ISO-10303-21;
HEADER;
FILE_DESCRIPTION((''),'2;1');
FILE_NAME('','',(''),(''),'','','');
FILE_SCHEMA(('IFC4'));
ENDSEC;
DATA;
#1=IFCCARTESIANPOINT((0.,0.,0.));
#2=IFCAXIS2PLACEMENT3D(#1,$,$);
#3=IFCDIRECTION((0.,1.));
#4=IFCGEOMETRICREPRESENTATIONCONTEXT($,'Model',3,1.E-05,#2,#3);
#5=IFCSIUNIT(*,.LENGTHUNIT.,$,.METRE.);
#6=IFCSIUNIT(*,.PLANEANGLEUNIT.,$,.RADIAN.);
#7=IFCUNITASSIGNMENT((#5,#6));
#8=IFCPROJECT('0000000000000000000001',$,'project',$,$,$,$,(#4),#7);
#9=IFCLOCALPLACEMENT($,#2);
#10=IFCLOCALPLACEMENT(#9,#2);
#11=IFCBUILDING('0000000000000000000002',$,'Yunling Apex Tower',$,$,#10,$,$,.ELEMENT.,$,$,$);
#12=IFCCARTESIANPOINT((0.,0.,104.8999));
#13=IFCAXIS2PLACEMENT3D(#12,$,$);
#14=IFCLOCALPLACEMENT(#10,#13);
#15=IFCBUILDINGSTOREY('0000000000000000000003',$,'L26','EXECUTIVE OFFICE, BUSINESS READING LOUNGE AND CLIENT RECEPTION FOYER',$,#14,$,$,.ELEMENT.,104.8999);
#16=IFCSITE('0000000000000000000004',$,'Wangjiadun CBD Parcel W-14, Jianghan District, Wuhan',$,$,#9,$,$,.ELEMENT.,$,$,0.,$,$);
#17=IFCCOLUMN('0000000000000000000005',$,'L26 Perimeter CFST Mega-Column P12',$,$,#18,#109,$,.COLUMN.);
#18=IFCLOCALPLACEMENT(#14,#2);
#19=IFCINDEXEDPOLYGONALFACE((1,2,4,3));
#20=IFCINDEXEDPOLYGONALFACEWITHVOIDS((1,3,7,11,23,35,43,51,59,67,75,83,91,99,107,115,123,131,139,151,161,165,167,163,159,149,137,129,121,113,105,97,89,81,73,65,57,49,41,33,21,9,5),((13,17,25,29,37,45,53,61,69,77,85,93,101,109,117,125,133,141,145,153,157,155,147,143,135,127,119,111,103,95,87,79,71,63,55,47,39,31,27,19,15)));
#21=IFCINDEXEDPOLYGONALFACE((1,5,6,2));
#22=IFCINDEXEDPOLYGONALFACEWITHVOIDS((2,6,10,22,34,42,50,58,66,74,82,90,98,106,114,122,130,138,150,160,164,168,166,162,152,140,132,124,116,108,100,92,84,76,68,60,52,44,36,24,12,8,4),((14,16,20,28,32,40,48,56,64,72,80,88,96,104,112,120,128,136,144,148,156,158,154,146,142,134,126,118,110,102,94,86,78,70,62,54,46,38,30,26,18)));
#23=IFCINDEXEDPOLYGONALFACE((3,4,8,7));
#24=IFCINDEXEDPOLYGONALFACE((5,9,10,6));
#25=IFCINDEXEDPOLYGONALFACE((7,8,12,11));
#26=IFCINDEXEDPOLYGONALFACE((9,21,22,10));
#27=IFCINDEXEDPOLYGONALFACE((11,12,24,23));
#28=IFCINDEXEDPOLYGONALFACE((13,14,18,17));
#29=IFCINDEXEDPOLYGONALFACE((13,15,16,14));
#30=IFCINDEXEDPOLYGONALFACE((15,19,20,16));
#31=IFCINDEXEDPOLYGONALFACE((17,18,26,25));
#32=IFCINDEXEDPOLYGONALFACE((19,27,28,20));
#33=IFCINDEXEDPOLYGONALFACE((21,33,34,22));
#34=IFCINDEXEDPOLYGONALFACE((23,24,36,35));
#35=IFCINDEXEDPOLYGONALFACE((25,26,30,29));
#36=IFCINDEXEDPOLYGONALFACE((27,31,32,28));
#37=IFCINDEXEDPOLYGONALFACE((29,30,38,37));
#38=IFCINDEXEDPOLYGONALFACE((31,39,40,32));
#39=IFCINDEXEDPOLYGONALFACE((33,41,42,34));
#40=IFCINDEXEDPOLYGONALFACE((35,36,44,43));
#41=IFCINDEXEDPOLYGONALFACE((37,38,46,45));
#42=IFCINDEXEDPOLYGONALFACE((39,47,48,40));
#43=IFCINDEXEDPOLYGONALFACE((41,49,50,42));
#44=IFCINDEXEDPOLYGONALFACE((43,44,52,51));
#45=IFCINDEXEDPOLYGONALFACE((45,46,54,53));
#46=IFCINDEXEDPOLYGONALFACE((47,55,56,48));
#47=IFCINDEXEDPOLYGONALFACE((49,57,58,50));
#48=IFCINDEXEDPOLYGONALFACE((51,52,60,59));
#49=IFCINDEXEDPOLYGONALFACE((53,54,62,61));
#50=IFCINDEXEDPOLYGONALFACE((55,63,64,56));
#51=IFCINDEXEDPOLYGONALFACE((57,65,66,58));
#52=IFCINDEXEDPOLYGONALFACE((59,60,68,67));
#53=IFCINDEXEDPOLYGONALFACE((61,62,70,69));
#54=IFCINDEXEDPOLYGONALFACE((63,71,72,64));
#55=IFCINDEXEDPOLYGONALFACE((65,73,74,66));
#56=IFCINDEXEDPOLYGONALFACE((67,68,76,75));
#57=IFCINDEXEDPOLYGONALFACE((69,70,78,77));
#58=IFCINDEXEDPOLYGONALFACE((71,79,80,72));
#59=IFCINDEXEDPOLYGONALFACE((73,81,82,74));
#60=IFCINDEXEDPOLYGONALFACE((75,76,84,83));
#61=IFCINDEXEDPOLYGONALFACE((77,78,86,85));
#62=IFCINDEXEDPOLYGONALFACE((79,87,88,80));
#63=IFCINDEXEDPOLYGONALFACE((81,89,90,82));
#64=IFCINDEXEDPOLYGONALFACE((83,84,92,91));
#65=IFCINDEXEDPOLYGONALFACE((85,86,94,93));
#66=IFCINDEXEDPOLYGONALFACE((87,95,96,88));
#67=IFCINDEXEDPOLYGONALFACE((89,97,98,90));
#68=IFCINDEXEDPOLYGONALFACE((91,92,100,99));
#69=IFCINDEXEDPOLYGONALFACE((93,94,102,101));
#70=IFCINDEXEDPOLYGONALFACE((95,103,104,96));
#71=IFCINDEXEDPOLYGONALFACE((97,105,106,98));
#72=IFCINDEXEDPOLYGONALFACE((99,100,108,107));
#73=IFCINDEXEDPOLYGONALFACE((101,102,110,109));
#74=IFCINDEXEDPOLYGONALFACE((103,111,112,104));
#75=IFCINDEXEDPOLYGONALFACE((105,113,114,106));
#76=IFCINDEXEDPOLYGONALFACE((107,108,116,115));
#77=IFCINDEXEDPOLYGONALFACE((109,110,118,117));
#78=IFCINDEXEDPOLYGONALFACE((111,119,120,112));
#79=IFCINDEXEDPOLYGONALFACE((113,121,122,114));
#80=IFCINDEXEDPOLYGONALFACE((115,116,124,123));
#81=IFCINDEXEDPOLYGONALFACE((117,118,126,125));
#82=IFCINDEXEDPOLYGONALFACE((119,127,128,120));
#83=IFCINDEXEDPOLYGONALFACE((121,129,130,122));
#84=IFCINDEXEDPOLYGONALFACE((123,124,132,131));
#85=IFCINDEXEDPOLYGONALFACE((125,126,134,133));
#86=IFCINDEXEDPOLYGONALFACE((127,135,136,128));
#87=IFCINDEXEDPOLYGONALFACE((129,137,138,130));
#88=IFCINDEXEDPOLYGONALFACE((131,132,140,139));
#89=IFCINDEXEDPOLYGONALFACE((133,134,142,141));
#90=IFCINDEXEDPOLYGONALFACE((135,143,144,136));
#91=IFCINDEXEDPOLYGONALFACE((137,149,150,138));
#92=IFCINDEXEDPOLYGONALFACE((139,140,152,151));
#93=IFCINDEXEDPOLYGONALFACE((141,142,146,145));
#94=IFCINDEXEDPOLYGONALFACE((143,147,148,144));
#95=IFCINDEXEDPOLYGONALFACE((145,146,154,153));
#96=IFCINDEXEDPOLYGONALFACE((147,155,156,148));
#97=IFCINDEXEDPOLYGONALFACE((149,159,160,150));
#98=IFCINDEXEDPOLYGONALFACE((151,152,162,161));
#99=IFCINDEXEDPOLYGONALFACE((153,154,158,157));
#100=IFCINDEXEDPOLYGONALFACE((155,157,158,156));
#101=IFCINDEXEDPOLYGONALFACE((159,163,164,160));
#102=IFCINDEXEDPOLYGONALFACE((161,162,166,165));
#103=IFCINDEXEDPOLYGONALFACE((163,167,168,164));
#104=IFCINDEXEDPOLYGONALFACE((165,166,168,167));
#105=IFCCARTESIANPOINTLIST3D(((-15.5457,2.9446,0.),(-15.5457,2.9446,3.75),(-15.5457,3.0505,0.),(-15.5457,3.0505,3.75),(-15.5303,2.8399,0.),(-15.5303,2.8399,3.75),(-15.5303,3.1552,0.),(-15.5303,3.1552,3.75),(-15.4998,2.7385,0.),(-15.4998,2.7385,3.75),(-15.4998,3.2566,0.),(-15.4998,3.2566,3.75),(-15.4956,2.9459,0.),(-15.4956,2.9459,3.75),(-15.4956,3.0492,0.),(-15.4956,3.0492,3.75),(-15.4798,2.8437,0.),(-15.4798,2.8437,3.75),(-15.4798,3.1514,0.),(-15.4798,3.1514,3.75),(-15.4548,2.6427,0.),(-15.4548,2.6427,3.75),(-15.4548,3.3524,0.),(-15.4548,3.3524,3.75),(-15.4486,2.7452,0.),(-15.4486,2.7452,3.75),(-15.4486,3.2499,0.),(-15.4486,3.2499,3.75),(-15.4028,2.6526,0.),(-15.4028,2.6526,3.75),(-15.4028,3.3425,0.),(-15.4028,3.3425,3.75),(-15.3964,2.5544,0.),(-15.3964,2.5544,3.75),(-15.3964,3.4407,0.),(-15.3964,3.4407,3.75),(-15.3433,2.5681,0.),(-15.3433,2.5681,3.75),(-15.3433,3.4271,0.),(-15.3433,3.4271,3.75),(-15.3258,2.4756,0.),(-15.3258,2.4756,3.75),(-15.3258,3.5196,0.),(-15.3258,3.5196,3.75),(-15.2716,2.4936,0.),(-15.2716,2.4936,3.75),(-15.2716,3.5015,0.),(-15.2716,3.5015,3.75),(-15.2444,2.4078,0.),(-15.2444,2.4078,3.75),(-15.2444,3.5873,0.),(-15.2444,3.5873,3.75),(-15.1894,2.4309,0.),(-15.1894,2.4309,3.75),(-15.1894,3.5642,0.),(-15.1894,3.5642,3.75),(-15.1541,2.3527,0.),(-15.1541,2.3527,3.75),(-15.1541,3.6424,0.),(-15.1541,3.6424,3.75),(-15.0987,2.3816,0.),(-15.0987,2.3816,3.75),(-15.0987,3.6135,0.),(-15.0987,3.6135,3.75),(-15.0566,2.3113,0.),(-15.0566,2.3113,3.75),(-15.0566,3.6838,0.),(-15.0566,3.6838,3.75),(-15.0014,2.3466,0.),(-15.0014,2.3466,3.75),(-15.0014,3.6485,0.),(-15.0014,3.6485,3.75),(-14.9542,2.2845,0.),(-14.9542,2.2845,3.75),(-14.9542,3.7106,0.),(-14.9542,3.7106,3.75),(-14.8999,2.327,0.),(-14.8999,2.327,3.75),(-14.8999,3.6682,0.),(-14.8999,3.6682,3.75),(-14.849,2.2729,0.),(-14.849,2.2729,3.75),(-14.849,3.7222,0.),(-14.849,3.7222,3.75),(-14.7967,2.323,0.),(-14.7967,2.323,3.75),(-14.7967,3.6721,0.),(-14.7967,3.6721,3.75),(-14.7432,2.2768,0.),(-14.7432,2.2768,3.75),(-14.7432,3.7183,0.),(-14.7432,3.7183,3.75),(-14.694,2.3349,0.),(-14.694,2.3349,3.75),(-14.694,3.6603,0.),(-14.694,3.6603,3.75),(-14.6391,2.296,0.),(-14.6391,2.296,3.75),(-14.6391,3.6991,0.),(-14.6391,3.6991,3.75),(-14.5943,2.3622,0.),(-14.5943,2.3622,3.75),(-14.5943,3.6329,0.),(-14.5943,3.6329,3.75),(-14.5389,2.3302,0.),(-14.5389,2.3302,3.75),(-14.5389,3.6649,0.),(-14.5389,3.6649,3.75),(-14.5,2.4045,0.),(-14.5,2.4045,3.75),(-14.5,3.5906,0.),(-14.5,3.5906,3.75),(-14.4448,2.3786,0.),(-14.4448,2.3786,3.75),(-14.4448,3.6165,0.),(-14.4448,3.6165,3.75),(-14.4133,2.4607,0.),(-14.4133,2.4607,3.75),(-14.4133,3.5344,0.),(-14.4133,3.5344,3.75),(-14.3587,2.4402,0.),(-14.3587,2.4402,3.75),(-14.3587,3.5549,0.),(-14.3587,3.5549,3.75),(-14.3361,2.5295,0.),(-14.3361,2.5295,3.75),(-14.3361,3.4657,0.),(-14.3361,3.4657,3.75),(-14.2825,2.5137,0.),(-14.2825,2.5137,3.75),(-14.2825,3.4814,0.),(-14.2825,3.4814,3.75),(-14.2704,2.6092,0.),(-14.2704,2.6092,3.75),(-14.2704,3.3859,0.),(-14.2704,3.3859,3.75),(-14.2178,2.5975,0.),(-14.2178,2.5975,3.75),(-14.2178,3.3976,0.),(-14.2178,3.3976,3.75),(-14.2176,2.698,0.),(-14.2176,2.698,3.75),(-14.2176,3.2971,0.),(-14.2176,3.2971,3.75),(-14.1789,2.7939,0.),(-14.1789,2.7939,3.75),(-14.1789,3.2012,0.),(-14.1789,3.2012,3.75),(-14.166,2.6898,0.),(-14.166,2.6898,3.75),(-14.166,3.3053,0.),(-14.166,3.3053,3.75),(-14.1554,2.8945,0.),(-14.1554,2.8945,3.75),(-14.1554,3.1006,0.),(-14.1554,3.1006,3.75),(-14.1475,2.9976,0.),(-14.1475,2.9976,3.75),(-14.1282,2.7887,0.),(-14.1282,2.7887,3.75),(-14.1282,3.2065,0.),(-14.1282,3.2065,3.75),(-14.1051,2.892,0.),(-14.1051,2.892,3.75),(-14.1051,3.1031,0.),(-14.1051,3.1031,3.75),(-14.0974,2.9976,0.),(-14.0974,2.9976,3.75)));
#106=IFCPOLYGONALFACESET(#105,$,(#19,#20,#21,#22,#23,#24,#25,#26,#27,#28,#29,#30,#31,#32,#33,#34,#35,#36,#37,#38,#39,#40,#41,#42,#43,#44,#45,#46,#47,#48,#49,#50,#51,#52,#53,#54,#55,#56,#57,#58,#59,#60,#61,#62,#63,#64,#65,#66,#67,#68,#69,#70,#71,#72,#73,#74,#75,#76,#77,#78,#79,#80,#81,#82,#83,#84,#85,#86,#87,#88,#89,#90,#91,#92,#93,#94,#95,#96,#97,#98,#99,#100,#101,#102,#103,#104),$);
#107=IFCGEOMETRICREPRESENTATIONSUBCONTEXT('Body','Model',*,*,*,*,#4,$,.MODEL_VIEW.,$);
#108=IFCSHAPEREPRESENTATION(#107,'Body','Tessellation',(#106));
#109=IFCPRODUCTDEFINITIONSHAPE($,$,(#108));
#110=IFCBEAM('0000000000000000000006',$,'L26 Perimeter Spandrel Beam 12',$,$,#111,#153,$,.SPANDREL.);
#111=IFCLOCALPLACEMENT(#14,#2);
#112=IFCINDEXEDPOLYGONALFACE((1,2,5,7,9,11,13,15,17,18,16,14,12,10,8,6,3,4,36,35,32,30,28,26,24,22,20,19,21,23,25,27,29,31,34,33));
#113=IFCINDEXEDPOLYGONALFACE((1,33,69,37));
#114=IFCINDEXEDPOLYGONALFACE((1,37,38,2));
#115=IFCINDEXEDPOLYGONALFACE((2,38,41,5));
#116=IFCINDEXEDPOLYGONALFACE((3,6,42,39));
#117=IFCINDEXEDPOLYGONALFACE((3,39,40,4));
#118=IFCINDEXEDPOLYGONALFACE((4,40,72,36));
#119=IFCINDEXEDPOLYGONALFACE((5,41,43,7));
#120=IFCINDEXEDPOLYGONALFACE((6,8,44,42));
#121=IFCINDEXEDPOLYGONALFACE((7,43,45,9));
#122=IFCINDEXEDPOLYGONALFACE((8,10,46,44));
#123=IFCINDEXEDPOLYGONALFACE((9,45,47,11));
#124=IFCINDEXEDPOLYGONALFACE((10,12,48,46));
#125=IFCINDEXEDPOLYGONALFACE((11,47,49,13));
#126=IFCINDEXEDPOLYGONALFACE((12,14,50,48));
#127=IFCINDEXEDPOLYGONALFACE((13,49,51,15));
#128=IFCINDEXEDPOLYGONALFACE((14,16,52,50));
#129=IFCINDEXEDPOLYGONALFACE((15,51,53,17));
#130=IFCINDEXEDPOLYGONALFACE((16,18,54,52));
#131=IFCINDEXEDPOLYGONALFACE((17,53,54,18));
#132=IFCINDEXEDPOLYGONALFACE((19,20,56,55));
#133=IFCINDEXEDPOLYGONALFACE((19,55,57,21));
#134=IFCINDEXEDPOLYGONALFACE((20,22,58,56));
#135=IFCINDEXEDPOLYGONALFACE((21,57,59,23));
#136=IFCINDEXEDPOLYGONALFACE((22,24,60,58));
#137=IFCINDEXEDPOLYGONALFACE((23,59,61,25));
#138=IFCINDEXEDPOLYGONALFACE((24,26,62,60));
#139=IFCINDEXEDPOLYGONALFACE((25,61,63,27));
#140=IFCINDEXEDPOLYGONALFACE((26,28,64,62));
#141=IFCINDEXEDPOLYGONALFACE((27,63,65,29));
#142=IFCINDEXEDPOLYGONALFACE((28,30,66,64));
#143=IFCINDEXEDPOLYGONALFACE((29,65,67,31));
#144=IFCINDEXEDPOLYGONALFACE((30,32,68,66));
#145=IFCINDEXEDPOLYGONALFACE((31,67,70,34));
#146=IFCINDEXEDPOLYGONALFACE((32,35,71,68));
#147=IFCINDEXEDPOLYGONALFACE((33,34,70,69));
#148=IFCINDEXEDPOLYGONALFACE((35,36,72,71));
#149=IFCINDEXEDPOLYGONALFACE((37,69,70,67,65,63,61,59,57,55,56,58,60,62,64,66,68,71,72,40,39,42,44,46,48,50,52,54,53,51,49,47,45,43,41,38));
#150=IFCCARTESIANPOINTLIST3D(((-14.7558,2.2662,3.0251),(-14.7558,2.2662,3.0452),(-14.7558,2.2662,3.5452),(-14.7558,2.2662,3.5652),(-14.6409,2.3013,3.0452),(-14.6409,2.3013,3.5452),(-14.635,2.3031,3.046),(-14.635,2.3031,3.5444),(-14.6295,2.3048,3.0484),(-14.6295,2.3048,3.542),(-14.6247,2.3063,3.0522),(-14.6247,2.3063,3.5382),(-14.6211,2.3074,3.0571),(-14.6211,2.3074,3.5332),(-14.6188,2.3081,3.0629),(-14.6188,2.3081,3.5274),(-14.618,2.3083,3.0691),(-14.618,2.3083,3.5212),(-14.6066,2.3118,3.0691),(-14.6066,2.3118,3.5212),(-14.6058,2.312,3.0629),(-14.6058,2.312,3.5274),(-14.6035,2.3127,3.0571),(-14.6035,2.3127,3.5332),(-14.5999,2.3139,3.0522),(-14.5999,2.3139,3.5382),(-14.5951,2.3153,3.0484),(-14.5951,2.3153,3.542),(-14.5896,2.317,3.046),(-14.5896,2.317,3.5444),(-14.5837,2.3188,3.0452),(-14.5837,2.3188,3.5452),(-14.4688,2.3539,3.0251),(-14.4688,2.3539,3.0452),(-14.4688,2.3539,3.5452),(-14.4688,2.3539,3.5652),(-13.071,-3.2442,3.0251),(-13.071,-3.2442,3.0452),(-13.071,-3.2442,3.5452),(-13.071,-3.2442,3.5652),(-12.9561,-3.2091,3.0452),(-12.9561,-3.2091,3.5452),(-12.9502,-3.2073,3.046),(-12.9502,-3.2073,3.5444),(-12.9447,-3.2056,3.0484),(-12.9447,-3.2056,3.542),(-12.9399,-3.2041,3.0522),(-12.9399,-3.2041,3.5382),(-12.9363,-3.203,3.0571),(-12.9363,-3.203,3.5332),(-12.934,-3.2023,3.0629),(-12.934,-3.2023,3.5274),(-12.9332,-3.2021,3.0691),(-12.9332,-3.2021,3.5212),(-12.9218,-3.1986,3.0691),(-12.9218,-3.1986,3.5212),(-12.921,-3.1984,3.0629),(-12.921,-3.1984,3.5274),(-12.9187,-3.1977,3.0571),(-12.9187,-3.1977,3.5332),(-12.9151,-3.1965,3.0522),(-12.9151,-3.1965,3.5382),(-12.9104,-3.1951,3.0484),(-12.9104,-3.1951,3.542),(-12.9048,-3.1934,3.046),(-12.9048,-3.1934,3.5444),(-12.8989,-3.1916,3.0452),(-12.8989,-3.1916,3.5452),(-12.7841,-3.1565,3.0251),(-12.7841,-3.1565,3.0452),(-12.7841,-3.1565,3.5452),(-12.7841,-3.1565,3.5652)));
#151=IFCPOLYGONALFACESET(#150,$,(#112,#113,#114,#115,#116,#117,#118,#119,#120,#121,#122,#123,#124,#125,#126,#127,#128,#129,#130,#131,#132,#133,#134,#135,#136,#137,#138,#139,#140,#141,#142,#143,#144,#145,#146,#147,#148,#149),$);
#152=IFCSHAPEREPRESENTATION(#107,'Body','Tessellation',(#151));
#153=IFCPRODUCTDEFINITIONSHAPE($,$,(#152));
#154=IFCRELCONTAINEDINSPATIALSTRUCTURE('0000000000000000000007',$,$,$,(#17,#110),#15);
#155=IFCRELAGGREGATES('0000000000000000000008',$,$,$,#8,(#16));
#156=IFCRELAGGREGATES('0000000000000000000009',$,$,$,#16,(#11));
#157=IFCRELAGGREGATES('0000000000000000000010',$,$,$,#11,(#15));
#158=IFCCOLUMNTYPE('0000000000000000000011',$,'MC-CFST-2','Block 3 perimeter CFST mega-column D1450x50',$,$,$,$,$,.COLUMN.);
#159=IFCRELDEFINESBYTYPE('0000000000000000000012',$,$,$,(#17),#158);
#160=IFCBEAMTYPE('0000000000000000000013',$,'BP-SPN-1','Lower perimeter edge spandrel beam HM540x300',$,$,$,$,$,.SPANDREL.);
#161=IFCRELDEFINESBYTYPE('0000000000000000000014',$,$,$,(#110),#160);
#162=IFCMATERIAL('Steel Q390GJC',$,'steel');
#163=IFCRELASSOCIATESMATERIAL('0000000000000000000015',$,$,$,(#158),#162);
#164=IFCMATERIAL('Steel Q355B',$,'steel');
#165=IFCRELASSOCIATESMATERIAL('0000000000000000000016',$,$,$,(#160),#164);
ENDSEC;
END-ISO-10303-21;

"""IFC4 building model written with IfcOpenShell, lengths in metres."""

from ifc_helpers import new_model, si_unit, direction, frame, origin, origin_2d, place, context, subcontext, project, spatial, hollow_circle, i_section, extrude, source, transform, mapped, material, material_profile, profile_set, type_object, element, save


model = new_model("IFC4")

# Units and contexts
model_context = context("Model", 3, precision=1e-05, world=origin(), true_north=direction((0.0, 1.0)))
body_context = subcontext(model_context, "Body", "Model", "MODEL_VIEW")
ifc_project = project(units=[si_unit("LENGTHUNIT", "METRE"), si_unit("PLANEANGLEUNIT", "RADIAN")], contexts=[model_context])

# Site, building, storey
site_placement = place(None, origin())
site = spatial("IfcSite", under=ifc_project, at=site_placement, Name="Wangjiadun CBD Parcel W-14, Jianghan District, Wuhan", CompositionType="ELEMENT", RefElevation=0.0)
building_placement = place(site_placement, origin())
building = spatial("IfcBuilding", under=site, at=building_placement, Name="Yunling Apex Tower", CompositionType="ELEMENT")
storey_placement = place(building_placement, frame((0.0, 0.0, 104.8999)))
storey = spatial("IfcBuildingStorey", under=building, at=storey_placement, Name="L26", Description="EXECUTIVE OFFICE, BUSINESS READING LOUNGE AND CLIENT RECEPTION FOYER", CompositionType="ELEMENT", Elevation=104.8999)

# Column
ifc_material_1 = material(Name="Steel Q390GJC", Category="steel")
ifc_material_profile_1 = material_profile(ifc_material_1, hollow_circle(Radius=0.7251, WallThickness=0.05, at=origin_2d()))
ifc_profile_set_1 = profile_set([ifc_material_profile_1], Name="Steel Q390GJC")
column_type = type_object("IfcColumnType", Name="MC-CFST-2", Description="Block 3 perimeter CFST mega-column D1450x50", PredefinedType="COLUMN", material=ifc_profile_set_1)
shared_shape_1 = source(origin(), body_context, "Body", "SweptSolid", [
    extrude(hollow_circle(Radius=0.7251, WallThickness=0.05, at=origin_2d()), origin(), (0.0, 0.0, 1.0), 3.75),
])
column_placement = place(storey_placement, frame((-14.8225, 2.9976, 0.0), z_axis=(0.0, 0.0, 1.0), x_axis=(1.0, 0.0, 0.0)))
element("IfcColumn", 1, at=column_placement, inside=storey, type_object=column_type, Name="L26 Perimeter CFST Mega-Column P12", PredefinedType="COLUMN", context=body_context, shape_type="MappedRepresentation", body=[
    mapped(shared_shape_1, transform((0.0, 0.0, 0.0), scale=1.0)),
])

# Beam
ifc_material_2 = material(Name="Steel Q355B", Category="steel")
ifc_material_profile_2 = material_profile(ifc_material_2, i_section(OverallWidth=0.3, OverallDepth=0.54, WebThickness=0.012, FlangeThickness=0.02, FilletRadius=0.0239, at=origin_2d()))
ifc_profile_set_2 = profile_set([ifc_material_profile_2], Name="Steel Q355B")
beam_type_1 = type_object("IfcBeamType", Name="BP-SPN-1", Description="Lower perimeter edge spandrel beam HM540x300", PredefinedType="SPANDREL", material=ifc_profile_set_2)
shared_shape_2 = source(origin(), body_context, "Body", "SweptSolid", [
    extrude(i_section(OverallWidth=0.3, OverallDepth=0.54, WebThickness=0.012, FlangeThickness=0.02, FilletRadius=0.0239, at=origin_2d()), origin(), (0.0, 0.0, 1.0), 5.7622),
])
beam_1_placement = place(storey_placement, frame((-14.6123, 2.3101, 3.2952), z_axis=(0.292385, -0.956301, 0.0), x_axis=(0.956301, 0.292385, 0.0)))
element("IfcBeam", 2, at=beam_1_placement, inside=storey, type_object=beam_type_1, Name="L26 Perimeter Spandrel Beam 12", PredefinedType="SPANDREL", context=body_context, shape_type="MappedRepresentation", body=[
    mapped(shared_shape_2, transform((0.0, 0.0, 0.0), scale=1.0)),
])

save(model, "model.ifc")
